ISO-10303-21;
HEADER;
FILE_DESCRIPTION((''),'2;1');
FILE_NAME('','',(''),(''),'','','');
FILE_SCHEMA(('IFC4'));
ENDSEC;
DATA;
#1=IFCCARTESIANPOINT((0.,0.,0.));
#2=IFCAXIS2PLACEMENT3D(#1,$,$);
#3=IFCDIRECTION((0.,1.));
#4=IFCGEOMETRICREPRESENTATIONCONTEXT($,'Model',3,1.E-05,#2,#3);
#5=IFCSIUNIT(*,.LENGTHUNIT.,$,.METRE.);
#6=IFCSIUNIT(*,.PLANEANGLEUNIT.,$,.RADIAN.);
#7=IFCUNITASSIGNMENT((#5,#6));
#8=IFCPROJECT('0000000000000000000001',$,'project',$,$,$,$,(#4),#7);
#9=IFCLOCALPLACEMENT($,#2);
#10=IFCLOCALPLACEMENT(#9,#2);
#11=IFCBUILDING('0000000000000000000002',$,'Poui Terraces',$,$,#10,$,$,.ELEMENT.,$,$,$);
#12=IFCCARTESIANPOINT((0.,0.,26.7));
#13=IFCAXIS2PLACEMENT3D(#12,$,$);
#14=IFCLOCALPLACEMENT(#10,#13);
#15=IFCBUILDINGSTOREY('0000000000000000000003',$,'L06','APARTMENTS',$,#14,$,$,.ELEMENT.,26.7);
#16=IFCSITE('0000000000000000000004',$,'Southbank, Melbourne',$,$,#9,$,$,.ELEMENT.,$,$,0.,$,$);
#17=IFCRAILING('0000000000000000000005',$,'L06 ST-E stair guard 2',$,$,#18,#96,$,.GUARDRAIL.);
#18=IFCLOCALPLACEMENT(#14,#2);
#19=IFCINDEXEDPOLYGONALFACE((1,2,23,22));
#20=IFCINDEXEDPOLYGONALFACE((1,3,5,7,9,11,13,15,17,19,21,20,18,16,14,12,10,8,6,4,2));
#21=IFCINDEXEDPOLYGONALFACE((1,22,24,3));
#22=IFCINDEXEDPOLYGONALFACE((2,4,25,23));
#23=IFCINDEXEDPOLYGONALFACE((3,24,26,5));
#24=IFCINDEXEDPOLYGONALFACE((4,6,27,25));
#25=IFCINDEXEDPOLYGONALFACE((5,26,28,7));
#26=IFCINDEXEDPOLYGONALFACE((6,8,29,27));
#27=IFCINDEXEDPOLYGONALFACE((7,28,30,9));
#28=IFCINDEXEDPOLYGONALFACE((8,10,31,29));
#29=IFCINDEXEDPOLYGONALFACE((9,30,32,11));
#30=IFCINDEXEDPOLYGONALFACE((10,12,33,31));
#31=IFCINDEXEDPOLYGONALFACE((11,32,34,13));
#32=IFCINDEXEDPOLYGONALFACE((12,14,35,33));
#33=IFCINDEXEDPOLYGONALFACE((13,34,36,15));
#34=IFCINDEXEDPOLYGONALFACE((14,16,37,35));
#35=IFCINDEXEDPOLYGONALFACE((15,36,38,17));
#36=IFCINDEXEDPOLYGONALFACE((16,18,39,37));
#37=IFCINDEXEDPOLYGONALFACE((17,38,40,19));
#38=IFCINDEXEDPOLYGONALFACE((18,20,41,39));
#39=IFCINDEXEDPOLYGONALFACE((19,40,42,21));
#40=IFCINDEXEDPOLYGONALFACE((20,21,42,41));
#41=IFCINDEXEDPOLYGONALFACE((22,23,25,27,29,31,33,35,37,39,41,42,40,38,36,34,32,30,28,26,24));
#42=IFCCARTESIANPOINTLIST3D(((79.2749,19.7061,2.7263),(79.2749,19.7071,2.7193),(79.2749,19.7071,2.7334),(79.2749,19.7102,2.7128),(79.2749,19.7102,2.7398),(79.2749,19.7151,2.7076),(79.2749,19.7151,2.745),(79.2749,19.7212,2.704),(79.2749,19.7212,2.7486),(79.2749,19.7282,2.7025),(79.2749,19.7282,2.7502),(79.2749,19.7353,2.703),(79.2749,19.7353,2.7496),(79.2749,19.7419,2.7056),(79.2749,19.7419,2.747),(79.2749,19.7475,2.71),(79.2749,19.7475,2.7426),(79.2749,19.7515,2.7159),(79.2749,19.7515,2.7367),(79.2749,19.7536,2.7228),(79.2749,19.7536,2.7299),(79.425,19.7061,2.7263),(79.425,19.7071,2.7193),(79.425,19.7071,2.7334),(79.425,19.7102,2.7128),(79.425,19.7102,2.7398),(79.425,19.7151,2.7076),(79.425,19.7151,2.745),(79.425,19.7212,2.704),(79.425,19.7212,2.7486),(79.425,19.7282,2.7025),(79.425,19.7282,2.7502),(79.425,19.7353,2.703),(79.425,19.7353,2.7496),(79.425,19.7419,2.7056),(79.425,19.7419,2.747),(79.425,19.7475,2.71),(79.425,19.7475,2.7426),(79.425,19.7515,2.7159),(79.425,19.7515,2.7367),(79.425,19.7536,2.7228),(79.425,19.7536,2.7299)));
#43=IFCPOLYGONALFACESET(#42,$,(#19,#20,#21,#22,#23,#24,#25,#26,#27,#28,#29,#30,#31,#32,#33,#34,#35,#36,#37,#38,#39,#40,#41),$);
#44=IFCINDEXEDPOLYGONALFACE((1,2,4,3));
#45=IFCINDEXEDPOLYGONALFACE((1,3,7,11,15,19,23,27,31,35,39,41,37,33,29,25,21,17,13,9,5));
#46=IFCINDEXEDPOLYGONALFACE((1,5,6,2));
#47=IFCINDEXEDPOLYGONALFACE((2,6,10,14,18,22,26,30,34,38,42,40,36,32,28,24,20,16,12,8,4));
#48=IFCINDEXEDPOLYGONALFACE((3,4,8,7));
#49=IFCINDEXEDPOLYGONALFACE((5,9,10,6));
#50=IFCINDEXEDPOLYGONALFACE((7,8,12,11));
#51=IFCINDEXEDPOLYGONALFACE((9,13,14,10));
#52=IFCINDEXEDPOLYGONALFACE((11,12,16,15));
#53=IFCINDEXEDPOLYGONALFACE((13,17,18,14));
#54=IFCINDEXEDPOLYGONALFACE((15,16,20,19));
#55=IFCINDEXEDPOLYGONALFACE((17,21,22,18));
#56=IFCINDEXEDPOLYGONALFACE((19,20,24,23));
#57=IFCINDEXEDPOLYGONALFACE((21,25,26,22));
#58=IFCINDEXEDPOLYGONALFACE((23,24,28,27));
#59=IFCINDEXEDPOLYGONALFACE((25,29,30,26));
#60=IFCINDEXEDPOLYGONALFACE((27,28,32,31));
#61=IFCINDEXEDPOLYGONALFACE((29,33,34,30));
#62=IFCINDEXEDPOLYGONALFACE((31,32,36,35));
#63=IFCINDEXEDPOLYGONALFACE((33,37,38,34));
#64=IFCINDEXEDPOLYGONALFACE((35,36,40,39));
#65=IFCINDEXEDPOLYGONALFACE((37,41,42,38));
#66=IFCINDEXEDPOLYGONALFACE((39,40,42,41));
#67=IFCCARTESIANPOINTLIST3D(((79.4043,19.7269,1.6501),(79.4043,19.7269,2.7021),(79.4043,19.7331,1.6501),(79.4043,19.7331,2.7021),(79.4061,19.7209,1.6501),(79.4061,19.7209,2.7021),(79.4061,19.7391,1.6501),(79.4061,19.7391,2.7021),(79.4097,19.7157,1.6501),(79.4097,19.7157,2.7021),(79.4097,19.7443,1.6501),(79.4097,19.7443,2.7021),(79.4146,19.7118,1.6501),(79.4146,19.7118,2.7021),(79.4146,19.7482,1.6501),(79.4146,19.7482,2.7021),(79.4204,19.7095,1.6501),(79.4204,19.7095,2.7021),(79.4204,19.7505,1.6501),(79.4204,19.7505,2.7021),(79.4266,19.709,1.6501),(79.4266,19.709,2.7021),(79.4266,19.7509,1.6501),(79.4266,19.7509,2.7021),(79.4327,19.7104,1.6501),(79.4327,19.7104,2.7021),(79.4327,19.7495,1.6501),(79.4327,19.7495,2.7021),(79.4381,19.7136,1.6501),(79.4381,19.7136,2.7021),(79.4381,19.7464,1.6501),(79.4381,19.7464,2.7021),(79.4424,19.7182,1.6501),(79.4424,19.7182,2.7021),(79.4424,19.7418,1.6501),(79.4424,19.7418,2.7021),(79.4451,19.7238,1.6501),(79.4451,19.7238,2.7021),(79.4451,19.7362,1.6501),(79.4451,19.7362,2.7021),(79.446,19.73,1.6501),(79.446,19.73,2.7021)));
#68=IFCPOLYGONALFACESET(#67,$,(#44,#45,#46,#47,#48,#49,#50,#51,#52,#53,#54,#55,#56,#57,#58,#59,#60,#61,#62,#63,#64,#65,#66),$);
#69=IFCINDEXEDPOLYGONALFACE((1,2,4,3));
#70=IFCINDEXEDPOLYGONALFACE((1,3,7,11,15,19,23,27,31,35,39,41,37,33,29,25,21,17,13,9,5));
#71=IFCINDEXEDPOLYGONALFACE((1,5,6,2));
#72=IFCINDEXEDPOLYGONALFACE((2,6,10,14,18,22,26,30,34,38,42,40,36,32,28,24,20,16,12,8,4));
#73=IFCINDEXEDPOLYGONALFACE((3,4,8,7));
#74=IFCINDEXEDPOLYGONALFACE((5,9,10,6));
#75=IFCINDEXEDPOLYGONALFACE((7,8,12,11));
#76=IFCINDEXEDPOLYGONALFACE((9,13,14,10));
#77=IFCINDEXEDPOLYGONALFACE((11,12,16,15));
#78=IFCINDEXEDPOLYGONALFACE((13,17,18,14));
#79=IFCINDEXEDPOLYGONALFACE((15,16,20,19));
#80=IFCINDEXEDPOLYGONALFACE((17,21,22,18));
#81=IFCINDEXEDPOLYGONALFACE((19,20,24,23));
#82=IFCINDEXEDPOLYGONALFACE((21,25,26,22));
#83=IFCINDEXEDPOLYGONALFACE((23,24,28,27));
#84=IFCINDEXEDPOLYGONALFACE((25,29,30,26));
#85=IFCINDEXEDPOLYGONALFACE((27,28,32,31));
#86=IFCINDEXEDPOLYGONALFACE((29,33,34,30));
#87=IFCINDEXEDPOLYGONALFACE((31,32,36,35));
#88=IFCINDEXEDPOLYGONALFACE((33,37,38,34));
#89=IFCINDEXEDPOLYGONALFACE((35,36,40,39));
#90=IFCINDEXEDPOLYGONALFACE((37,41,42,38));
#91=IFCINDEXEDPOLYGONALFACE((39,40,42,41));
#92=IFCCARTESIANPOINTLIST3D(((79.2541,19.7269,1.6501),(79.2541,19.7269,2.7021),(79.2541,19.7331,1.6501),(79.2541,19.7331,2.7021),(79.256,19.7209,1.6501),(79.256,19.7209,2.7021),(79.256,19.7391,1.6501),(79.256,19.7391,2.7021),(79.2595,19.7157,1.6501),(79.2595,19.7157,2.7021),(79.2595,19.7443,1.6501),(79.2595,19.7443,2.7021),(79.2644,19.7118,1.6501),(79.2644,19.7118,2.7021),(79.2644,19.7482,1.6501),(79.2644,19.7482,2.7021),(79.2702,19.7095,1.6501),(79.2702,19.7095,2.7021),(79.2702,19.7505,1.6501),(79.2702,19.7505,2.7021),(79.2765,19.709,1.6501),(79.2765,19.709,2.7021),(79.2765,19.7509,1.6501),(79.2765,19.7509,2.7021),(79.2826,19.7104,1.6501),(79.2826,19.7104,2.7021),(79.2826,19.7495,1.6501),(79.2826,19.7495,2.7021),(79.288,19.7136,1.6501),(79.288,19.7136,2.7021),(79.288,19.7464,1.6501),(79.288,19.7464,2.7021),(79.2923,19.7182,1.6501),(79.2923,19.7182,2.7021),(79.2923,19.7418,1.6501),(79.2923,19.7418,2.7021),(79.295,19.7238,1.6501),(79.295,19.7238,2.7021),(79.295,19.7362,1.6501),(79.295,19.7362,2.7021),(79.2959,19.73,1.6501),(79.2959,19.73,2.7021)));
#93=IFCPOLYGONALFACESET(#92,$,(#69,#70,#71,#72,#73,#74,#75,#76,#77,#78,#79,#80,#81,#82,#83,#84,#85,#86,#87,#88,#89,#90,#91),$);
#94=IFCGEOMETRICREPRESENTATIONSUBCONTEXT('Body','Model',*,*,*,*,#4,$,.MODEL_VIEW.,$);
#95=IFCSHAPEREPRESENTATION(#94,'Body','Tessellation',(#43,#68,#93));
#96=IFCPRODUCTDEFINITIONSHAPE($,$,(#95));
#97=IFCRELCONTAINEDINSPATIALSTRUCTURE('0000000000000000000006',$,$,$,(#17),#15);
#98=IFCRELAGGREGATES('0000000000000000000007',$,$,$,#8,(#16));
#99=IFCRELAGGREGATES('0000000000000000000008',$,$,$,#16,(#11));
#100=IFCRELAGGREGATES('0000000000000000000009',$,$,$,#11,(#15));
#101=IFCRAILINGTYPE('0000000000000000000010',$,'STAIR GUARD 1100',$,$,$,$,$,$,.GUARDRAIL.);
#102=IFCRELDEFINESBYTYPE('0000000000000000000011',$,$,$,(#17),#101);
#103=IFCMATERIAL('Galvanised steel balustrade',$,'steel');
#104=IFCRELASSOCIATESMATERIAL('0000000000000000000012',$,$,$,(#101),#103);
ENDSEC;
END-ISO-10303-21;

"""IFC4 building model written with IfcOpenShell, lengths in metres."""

from ifc_helpers import new_model, si_unit, direction, frame, origin, origin_2d, place, context, subcontext, project, spatial, circle, extrude, material, type_object, element, save


model = new_model("IFC4")

# Units and contexts
model_context = context("Model", 3, precision=1e-05, world=origin(), true_north=direction((0.0, 1.0)))
body_context = subcontext(model_context, "Body", "Model", "MODEL_VIEW")
ifc_project = project(units=[si_unit("LENGTHUNIT", "METRE"), si_unit("PLANEANGLEUNIT", "RADIAN")], contexts=[model_context])

# Site, building, storey
site_placement = place(None, origin())
site = spatial("IfcSite", under=ifc_project, at=site_placement, Name="Southbank, Melbourne", CompositionType="ELEMENT", RefElevation=0.0)
building_placement = place(site_placement, origin())
building = spatial("IfcBuilding", under=site, at=building_placement, Name="Poui Terraces", CompositionType="ELEMENT")
storey_placement = place(building_placement, frame((0.0, 0.0, 26.7)))
storey = spatial("IfcBuildingStorey", under=building, at=storey_placement, Name="L06", Description="APARTMENTS", CompositionType="ELEMENT", Elevation=26.7)

# Railing
ifc_material_1 = material(Name="Galvanised steel balustrade", Category="steel")
railing_type_1 = type_object("IfcRailingType", Name="STAIR GUARD 1100", PredefinedType="GUARDRAIL", material=ifc_material_1)
railing_1_placement = place(storey_placement, frame((79.425, 19.73, 1.6501)))
element("IfcRailing", 1, at=railing_1_placement, inside=storey, type_object=railing_type_1, Name="L06 ST-E stair guard 2", PredefinedType="GUARDRAIL", context=body_context, shape_type="SweptSolid", body=[
    extrude(circle(Radius=0.0239, at=origin_2d()), frame((0.0, 0.0, 1.0762), z_axis=(-1.0, 0.0, 0.0), x_axis=(0.0, -1.0, 0.0)), (0.0, 0.0, 1.0), 0.1501),
    extrude(circle(Radius=0.021, at=origin_2d()), origin(), (0.0, 0.0, 1.0), 1.052),
    extrude(circle(Radius=0.021, at=origin_2d()), frame((-0.1501, 0.0, 0.0)), (0.0, 0.0, 1.0), 1.052),
])

save(model, "model.ifc")
